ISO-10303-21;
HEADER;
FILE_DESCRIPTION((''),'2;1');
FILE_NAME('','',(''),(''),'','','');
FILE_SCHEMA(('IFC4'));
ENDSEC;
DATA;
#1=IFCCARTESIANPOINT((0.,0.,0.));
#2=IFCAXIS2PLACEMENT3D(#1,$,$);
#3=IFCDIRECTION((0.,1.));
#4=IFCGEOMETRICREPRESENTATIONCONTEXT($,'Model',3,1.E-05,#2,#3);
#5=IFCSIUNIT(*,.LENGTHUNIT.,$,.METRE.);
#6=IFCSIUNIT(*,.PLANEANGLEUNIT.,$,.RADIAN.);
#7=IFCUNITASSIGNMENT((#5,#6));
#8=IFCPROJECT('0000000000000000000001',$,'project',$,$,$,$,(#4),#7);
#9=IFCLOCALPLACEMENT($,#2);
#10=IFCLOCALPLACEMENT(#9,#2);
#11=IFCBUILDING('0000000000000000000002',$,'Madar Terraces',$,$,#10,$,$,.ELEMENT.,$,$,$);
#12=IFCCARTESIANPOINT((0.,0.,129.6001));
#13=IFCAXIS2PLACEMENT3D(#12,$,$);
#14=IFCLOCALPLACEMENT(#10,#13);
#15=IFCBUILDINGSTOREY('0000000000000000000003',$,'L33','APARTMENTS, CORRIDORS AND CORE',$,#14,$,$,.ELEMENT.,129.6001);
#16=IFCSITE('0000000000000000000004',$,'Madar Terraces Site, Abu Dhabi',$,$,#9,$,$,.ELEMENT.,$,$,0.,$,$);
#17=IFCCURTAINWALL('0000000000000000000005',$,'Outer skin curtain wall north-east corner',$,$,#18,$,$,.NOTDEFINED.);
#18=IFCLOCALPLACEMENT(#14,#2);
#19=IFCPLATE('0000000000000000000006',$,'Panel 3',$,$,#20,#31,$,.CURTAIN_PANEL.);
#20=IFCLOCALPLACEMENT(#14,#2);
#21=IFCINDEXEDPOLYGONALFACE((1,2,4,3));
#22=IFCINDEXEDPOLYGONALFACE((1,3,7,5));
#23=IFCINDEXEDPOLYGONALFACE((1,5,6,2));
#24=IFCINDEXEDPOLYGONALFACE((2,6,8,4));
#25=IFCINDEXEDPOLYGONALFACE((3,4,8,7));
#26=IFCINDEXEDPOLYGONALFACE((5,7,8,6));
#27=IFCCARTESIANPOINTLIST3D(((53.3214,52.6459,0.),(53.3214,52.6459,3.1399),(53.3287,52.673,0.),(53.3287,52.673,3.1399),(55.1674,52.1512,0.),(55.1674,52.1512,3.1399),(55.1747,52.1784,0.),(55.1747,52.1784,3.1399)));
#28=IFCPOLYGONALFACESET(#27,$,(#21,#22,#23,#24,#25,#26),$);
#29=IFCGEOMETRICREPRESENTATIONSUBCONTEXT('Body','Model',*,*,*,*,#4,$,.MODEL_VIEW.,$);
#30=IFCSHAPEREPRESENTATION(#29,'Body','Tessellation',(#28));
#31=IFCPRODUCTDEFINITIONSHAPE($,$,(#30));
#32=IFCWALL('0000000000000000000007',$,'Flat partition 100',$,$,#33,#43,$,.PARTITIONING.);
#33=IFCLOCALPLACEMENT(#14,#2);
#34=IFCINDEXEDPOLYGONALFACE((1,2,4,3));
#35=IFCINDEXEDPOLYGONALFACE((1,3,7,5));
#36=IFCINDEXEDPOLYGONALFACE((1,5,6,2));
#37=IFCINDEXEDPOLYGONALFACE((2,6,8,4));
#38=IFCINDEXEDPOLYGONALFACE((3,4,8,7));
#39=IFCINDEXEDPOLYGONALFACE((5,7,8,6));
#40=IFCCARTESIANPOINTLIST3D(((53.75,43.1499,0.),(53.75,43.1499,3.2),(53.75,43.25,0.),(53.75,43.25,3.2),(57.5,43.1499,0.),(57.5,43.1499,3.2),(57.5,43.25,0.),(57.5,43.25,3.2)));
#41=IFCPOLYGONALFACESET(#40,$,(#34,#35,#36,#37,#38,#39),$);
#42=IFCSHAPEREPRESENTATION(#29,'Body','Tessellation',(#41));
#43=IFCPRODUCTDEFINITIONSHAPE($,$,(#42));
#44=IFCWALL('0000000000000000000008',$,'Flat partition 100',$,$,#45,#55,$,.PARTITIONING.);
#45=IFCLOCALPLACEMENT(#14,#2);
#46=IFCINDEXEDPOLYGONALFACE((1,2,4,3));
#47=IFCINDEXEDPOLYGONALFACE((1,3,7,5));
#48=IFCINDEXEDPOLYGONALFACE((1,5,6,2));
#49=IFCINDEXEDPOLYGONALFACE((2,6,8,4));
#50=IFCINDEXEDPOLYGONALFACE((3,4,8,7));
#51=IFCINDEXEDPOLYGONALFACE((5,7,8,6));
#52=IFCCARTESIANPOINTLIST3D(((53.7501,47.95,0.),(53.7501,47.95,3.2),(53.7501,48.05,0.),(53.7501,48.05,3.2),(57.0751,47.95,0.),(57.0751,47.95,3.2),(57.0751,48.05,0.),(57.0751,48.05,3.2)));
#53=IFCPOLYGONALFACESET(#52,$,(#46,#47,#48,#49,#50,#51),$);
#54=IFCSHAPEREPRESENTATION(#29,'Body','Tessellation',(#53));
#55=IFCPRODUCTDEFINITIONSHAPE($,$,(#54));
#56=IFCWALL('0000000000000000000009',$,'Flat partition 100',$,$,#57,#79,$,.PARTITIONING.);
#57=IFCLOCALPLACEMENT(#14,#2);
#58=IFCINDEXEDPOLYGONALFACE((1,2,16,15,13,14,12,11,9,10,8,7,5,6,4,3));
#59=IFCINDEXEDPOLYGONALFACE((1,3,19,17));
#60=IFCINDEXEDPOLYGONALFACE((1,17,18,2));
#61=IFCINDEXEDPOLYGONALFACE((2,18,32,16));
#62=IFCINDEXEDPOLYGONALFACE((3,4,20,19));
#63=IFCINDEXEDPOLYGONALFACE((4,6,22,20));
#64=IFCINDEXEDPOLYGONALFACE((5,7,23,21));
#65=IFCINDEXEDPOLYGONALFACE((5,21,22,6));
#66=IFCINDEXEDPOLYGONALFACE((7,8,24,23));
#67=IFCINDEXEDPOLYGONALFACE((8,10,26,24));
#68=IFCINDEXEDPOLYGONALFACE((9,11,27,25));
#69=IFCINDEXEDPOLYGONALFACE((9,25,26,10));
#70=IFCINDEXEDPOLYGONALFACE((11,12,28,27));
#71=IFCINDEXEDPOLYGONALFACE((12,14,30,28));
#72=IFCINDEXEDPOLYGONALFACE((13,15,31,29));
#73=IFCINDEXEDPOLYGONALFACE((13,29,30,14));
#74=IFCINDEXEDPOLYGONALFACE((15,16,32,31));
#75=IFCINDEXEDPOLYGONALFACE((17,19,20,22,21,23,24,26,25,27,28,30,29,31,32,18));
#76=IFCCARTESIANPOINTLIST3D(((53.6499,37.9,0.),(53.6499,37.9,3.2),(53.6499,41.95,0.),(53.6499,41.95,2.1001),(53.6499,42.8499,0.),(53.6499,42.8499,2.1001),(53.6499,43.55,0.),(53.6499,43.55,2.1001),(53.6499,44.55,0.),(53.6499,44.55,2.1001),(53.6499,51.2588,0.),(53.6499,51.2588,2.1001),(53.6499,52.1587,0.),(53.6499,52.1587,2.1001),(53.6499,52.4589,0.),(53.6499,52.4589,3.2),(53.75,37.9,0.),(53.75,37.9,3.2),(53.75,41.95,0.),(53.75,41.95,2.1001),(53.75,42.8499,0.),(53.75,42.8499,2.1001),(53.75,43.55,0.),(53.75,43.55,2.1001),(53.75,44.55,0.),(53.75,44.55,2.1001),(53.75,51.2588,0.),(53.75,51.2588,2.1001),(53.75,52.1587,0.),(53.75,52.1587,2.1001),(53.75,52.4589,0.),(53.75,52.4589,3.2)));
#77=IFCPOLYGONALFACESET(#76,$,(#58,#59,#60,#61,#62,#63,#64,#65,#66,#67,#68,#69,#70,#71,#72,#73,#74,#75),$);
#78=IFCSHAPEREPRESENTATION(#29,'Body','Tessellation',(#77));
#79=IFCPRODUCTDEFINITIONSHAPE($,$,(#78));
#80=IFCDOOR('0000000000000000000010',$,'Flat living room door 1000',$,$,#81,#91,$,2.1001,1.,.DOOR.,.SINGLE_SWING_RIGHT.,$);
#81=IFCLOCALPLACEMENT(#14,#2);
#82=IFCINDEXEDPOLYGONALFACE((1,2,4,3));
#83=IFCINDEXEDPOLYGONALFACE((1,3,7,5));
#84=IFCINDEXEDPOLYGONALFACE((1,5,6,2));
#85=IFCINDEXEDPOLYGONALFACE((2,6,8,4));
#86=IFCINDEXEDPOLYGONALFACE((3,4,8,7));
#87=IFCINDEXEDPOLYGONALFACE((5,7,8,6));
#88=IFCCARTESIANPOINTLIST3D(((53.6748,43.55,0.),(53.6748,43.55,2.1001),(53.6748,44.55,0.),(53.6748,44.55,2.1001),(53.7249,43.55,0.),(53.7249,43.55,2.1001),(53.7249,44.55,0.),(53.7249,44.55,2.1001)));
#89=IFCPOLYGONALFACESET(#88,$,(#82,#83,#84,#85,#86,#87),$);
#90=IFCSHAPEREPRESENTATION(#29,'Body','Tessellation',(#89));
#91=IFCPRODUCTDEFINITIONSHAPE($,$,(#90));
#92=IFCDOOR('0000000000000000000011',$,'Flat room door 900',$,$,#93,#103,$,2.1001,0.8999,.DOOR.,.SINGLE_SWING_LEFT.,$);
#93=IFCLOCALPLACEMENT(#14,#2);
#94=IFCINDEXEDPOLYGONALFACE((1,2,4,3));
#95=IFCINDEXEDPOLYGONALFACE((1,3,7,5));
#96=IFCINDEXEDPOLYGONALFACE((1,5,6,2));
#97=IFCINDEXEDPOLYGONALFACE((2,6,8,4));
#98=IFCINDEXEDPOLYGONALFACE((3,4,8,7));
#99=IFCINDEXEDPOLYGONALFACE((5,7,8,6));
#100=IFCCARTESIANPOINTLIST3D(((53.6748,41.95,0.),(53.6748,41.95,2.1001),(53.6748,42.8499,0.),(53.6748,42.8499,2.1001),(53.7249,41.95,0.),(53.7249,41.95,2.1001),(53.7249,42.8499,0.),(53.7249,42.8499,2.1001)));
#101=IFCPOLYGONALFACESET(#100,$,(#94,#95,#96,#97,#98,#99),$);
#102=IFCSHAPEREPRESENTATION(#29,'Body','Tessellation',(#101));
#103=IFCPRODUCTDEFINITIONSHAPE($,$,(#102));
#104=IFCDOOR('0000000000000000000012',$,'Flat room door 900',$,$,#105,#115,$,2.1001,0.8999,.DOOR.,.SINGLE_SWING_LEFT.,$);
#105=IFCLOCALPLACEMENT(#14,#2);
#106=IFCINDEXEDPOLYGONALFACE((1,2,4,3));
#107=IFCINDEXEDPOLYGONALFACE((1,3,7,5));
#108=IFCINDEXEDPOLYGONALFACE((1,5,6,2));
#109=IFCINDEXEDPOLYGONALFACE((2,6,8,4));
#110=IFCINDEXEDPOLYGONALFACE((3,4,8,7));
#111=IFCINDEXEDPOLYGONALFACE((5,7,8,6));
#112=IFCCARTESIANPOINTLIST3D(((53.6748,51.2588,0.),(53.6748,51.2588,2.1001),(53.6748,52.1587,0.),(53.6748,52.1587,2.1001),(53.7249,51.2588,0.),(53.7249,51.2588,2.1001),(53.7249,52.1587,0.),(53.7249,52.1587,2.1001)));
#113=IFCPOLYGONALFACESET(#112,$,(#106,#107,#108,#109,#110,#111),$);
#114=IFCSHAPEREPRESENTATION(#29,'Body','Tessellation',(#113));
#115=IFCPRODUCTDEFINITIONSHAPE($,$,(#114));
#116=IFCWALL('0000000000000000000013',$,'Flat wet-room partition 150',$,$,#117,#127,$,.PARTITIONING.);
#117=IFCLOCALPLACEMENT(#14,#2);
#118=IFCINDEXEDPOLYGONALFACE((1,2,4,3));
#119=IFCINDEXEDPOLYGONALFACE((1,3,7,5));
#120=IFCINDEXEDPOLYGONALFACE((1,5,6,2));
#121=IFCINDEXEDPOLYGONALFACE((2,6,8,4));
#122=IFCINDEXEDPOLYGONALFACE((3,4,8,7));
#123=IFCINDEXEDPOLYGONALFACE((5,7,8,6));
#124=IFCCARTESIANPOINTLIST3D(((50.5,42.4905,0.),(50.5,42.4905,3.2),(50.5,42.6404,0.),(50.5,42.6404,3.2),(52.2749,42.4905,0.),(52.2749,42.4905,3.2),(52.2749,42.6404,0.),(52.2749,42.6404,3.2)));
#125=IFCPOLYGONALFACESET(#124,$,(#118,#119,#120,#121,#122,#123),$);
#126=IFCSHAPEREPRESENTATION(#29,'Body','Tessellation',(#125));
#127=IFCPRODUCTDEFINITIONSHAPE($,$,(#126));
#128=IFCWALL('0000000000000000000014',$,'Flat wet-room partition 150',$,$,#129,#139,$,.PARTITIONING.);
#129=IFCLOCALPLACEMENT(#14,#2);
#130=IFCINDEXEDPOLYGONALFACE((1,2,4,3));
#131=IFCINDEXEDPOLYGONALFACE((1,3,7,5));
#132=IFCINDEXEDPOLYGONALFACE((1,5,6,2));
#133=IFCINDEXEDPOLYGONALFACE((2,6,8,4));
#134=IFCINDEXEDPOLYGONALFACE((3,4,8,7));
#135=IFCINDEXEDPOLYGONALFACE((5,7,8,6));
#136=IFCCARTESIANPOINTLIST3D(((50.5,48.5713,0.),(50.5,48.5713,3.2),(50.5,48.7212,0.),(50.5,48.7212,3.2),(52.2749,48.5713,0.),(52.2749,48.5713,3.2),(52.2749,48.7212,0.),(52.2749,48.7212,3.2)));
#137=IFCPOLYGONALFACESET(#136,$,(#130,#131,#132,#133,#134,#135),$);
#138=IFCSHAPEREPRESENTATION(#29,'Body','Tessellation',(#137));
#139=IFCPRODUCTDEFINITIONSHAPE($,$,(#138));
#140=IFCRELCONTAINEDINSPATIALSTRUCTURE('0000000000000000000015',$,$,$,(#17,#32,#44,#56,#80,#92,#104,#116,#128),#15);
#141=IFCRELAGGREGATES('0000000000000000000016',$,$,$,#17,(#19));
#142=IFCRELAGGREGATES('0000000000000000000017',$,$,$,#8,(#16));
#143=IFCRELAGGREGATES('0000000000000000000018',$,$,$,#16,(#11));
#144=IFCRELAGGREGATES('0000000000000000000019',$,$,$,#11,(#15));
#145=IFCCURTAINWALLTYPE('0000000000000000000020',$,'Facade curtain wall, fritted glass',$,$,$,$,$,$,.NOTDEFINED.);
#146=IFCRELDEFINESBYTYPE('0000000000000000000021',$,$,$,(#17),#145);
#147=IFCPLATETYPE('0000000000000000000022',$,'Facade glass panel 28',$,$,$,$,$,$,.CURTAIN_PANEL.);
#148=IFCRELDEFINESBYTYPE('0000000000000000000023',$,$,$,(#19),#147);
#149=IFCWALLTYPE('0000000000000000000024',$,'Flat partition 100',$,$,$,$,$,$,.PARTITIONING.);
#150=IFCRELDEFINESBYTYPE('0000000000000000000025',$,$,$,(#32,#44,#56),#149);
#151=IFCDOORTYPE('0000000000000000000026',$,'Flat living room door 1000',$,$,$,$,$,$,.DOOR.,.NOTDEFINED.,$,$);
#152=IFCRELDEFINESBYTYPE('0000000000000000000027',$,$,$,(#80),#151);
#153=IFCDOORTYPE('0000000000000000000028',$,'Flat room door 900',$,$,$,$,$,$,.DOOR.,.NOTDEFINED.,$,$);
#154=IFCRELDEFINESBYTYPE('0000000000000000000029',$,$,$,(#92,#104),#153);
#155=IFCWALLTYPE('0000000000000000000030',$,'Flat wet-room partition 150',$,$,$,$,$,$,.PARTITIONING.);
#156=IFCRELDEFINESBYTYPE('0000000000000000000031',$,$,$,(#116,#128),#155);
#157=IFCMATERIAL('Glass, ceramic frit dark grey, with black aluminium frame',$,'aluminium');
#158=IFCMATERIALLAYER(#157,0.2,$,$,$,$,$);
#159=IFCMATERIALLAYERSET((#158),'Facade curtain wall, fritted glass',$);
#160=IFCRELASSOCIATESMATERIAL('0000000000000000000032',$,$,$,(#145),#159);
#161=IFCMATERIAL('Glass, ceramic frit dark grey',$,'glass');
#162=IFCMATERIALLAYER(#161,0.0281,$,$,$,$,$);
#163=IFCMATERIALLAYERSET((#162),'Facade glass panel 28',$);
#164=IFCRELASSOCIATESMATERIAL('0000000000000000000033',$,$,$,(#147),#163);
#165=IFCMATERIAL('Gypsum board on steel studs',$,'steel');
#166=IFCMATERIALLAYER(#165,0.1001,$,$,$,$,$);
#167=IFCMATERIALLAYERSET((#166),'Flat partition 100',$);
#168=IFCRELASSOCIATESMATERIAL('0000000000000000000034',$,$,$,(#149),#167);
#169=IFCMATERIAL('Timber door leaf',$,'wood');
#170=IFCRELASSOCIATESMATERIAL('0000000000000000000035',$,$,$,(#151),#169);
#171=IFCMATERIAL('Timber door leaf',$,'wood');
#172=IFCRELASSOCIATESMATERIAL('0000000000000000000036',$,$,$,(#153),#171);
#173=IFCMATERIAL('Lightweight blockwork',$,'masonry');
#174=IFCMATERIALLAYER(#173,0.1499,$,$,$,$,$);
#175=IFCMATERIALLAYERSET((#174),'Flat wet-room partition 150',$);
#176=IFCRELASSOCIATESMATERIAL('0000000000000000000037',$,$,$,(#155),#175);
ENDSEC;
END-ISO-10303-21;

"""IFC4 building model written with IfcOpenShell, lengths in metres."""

from ifc_helpers import new_model, si_unit, direction, frame, frame_2d, origin, origin_2d, place, context, subcontext, project, spatial, rectangle, extrude, material, layer, layer_set, type_object, element, fill, aggregate, save


model = new_model("IFC4")

# Units and contexts
model_context = context("Model", 3, precision=1e-05, world=origin(), true_north=direction((0.0, 1.0)))
body_context = subcontext(model_context, "Body", "Model", "MODEL_VIEW")
ifc_project = project(units=[si_unit("LENGTHUNIT", "METRE"), si_unit("PLANEANGLEUNIT", "RADIAN")], contexts=[model_context])

# Site, building, storey
site_placement = place(None, origin())
site = spatial("IfcSite", under=ifc_project, at=site_placement, Name="Madar Terraces Site, Abu Dhabi", CompositionType="ELEMENT", RefElevation=0.0)
building_placement = place(site_placement, origin())
building = spatial("IfcBuilding", under=site, at=building_placement, Name="Madar Terraces", CompositionType="ELEMENT")
storey_placement = place(building_placement, frame((0.0, 0.0, 129.6001)))
storey = spatial("IfcBuildingStorey", under=building, at=storey_placement, Name="L33", Description="APARTMENTS, CORRIDORS AND CORE", CompositionType="ELEMENT", Elevation=129.6001)

# Shared definitions
ifc_material_1 = material(Name="Glass, ceramic frit dark grey, with black aluminium frame", Category="aluminium")
ifc_layer_1 = layer(ifc_material_1, 0.2)
ifc_layer_set_1 = layer_set([ifc_layer_1], Name="Facade curtain wall, fritted glass")
curtain_wall_type = type_object("IfcCurtainWallType", Name="Facade curtain wall, fritted glass", PredefinedType="NOTDEFINED", material=ifc_layer_set_1)

# Curtain wall
curtain_wall_1_placement = place(storey_placement, origin())
curtain_wall_1 = element("IfcCurtainWall", 1, at=curtain_wall_1_placement, inside=storey, type_object=curtain_wall_type, Name="Outer skin curtain wall north-east corner", PredefinedType="NOTDEFINED")

# Plate
ifc_material_2 = material(Name="Glass, ceramic frit dark grey", Category="glass")
ifc_layer_2 = layer(ifc_material_2, 0.0281)
ifc_layer_set_2 = layer_set([ifc_layer_2], Name="Facade glass panel 28")
plate_type = type_object("IfcPlateType", Name="Facade glass panel 28", PredefinedType="CURTAIN_PANEL", material=ifc_layer_set_2)
plate_1_placement = place(storey_placement, frame((54.248, 52.4121, 0.0), z_axis=(0.0, 0.0, 1.0), x_axis=(-0.965926, 0.258819, 0.0)))
plate_1 = element("IfcPlate", 2, at=plate_1_placement, type_object=plate_type, Name="Panel 3", PredefinedType="CURTAIN_PANEL", context=body_context, shape_type="SweptSolid", body=[
    extrude(rectangle(XDim=1.9111, YDim=0.0281, at=origin_2d()), origin(), (0.0, 0.0, 1.0), 3.1399),
])
aggregate(curtain_wall_1, [plate_1])

# Walls
ifc_material_3 = material(Name="Gypsum board on steel studs", Category="steel")
ifc_layer_3 = layer(ifc_material_3, 0.1001)
ifc_layer_set_3 = layer_set([ifc_layer_3], Name="Flat partition 100")
wall_type_1 = type_object("IfcWallType", Name="Flat partition 100", PredefinedType="PARTITIONING", material=ifc_layer_set_3)
wall_1_placement = place(storey_placement, frame((53.75, 43.2, 0.0), z_axis=(0.0, 0.0, 1.0), x_axis=(1.0, 0.0, 0.0)))
element("IfcWall", 3, at=wall_1_placement, inside=storey, type_object=wall_type_1, Name="Flat partition 100", PredefinedType="PARTITIONING", context=body_context, shape_type="SweptSolid", body=[
    extrude(rectangle(XDim=3.75, YDim=0.1001, at=frame_2d((1.875, 0.0))), origin(), (0.0, 0.0, 1.0), 3.2),
])
wall_2_placement = place(storey_placement, frame((53.75, 48.0, 0.0), z_axis=(0.0, 0.0, 1.0), x_axis=(1.0, 0.0, 0.0)))
element("IfcWall", 4, at=wall_2_placement, inside=storey, type_object=wall_type_1, Name="Flat partition 100", PredefinedType="PARTITIONING", context=body_context, shape_type="SweptSolid", body=[
    extrude(rectangle(XDim=3.325, YDim=0.1001, at=frame_2d((1.6626, 0.0))), origin(), (0.0, 0.0, 1.0), 3.2),
])

# Wall, openings, doors
wall_3_placement = place(storey_placement, frame((53.7, 52.4587, 0.0), z_axis=(0.0, 0.0, 1.0), x_axis=(0.0, -1.0, 0.0)))
wall_3 = element("IfcWall", 5, at=wall_3_placement, inside=storey, type_object=wall_type_1, Name="Flat partition 100", PredefinedType="PARTITIONING", context=body_context, shape_type="SweptSolid", body=[
    extrude(rectangle(XDim=14.5588, YDim=0.1001, at=frame_2d((7.2793, 0.0))), origin(), (0.0, 0.0, 1.0), 3.2),
])
opening_1_placement = place(wall_3_placement, frame((9.6089, 0.0, 0.0)))
opening_1 = element("IfcOpeningElement", 6, at=opening_1_placement, cuts=wall_3, PredefinedType="OPENING", context=body_context, shape_type="SweptSolid", body=[
    extrude(rectangle(XDim=0.8999, YDim=2.1001, at=frame_2d((0.45, 1.05))), frame((0.0, 0.0601, 0.0), z_axis=(0.0, -1.0, 0.0), x_axis=(1.0, 0.0, 0.0)), (0.0, 0.0, 1.0), 0.1201),
])
opening_2_placement = place(wall_3_placement, frame((7.9087, 0.0, 0.0)))
opening_2 = element("IfcOpeningElement", 7, at=opening_2_placement, cuts=wall_3, PredefinedType="OPENING", context=body_context, shape_type="SweptSolid", body=[
    extrude(rectangle(XDim=1.0, YDim=2.1001, at=frame_2d((0.5, 1.05))), frame((0.0, 0.0601, 0.0), z_axis=(0.0, -1.0, 0.0), x_axis=(1.0, 0.0, 0.0)), (0.0, 0.0, 1.0), 0.1201),
])
opening_3_placement = place(wall_3_placement, frame((0.3, 0.0, 0.0)))
opening_3 = element("IfcOpeningElement", 8, at=opening_3_placement, cuts=wall_3, PredefinedType="OPENING", context=body_context, shape_type="SweptSolid", body=[
    extrude(rectangle(XDim=0.8999, YDim=2.1001, at=frame_2d((0.45, 1.05))), frame((0.0, 0.0601, 0.0), z_axis=(0.0, -1.0, 0.0), x_axis=(1.0, 0.0, 0.0)), (0.0, 0.0, 1.0), 0.1201),
])
ifc_material_4 = material(Name="Timber door leaf", Category="wood")
door_type_1 = type_object("IfcDoorType", Name="Flat living room door 1000", OperationType="NOTDEFINED", PredefinedType="DOOR", material=ifc_material_4)
door_1_placement = place(opening_2_placement, origin())
door_1 = element("IfcDoor", 9, at=door_1_placement, inside=storey, type_object=door_type_1, Name="Flat living room door 1000", OperationType="SINGLE_SWING_RIGHT", OverallHeight=2.1001, OverallWidth=1.0, PredefinedType="DOOR", context=body_context, shape_type="SweptSolid", body=[
    extrude(rectangle(XDim=1.0, YDim=2.1001, at=frame_2d((0.5, 1.05))), frame((0.0, 0.0249, 0.0), z_axis=(0.0, -1.0, 0.0), x_axis=(1.0, 0.0, 0.0)), (0.0, 0.0, 1.0), 0.05),
])
fill(opening_2, door_1)
ifc_material_5 = material(Name="Timber door leaf", Category="wood")
door_type_2 = type_object("IfcDoorType", Name="Flat room door 900", OperationType="NOTDEFINED", PredefinedType="DOOR", material=ifc_material_5)
door_2_placement = place(opening_1_placement, origin())
door_2 = element("IfcDoor", 10, at=door_2_placement, inside=storey, type_object=door_type_2, Name="Flat room door 900", OperationType="SINGLE_SWING_LEFT", OverallHeight=2.1001, OverallWidth=0.8999, PredefinedType="DOOR", context=body_context, shape_type="SweptSolid", body=[
    extrude(rectangle(XDim=0.8999, YDim=2.1001, at=frame_2d((0.45, 1.05))), frame((0.0, 0.0249, 0.0), z_axis=(0.0, -1.0, 0.0), x_axis=(1.0, 0.0, 0.0)), (0.0, 0.0, 1.0), 0.05),
])
fill(opening_1, door_2)
door_3_placement = place(opening_3_placement, origin())
door_3 = element("IfcDoor", 11, at=door_3_placement, inside=storey, type_object=door_type_2, Name="Flat room door 900", OperationType="SINGLE_SWING_LEFT", OverallHeight=2.1001, OverallWidth=0.8999, PredefinedType="DOOR", context=body_context, shape_type="SweptSolid", body=[
    extrude(rectangle(XDim=0.8999, YDim=2.1001, at=frame_2d((0.45, 1.05))), frame((0.0, 0.0249, 0.0), z_axis=(0.0, -1.0, 0.0), x_axis=(1.0, 0.0, 0.0)), (0.0, 0.0, 1.0), 0.05),
])
fill(opening_3, door_3)

# Walls
ifc_material_6 = material(Name="Lightweight blockwork", Category="masonry")
ifc_layer_4 = layer(ifc_material_6, 0.1499)
ifc_layer_set_4 = layer_set([ifc_layer_4], Name="Flat wet-room partition 150")
wall_type_2 = type_object("IfcWallType", Name="Flat wet-room partition 150", PredefinedType="PARTITIONING", material=ifc_layer_set_4)
for number, where, z_axis, x_axis, name in (
    (12, (50.5, 42.5654, 0.0), (0.0, 0.0, 1.0), (1.0, 0.0, 0.0), "Flat wet-room partition 150"),
    (13, (50.5, 48.6462, 0.0), (0.0, 0.0, 1.0), (1.0, 0.0, 0.0), "Flat wet-room partition 150"),
):
    element("IfcWall", number, at=place(storey_placement, frame(where, z_axis=z_axis, x_axis=x_axis)), inside=storey, type_object=wall_type_2, Name=name, PredefinedType="PARTITIONING", context=body_context, shape_type="SweptSolid", body=[
        extrude(rectangle(XDim=1.7749, YDim=0.1499, at=frame_2d((0.8875, 0.0))), origin(), (0.0, 0.0, 1.0), 3.2),
    ])

save(model, "model.ifc")
